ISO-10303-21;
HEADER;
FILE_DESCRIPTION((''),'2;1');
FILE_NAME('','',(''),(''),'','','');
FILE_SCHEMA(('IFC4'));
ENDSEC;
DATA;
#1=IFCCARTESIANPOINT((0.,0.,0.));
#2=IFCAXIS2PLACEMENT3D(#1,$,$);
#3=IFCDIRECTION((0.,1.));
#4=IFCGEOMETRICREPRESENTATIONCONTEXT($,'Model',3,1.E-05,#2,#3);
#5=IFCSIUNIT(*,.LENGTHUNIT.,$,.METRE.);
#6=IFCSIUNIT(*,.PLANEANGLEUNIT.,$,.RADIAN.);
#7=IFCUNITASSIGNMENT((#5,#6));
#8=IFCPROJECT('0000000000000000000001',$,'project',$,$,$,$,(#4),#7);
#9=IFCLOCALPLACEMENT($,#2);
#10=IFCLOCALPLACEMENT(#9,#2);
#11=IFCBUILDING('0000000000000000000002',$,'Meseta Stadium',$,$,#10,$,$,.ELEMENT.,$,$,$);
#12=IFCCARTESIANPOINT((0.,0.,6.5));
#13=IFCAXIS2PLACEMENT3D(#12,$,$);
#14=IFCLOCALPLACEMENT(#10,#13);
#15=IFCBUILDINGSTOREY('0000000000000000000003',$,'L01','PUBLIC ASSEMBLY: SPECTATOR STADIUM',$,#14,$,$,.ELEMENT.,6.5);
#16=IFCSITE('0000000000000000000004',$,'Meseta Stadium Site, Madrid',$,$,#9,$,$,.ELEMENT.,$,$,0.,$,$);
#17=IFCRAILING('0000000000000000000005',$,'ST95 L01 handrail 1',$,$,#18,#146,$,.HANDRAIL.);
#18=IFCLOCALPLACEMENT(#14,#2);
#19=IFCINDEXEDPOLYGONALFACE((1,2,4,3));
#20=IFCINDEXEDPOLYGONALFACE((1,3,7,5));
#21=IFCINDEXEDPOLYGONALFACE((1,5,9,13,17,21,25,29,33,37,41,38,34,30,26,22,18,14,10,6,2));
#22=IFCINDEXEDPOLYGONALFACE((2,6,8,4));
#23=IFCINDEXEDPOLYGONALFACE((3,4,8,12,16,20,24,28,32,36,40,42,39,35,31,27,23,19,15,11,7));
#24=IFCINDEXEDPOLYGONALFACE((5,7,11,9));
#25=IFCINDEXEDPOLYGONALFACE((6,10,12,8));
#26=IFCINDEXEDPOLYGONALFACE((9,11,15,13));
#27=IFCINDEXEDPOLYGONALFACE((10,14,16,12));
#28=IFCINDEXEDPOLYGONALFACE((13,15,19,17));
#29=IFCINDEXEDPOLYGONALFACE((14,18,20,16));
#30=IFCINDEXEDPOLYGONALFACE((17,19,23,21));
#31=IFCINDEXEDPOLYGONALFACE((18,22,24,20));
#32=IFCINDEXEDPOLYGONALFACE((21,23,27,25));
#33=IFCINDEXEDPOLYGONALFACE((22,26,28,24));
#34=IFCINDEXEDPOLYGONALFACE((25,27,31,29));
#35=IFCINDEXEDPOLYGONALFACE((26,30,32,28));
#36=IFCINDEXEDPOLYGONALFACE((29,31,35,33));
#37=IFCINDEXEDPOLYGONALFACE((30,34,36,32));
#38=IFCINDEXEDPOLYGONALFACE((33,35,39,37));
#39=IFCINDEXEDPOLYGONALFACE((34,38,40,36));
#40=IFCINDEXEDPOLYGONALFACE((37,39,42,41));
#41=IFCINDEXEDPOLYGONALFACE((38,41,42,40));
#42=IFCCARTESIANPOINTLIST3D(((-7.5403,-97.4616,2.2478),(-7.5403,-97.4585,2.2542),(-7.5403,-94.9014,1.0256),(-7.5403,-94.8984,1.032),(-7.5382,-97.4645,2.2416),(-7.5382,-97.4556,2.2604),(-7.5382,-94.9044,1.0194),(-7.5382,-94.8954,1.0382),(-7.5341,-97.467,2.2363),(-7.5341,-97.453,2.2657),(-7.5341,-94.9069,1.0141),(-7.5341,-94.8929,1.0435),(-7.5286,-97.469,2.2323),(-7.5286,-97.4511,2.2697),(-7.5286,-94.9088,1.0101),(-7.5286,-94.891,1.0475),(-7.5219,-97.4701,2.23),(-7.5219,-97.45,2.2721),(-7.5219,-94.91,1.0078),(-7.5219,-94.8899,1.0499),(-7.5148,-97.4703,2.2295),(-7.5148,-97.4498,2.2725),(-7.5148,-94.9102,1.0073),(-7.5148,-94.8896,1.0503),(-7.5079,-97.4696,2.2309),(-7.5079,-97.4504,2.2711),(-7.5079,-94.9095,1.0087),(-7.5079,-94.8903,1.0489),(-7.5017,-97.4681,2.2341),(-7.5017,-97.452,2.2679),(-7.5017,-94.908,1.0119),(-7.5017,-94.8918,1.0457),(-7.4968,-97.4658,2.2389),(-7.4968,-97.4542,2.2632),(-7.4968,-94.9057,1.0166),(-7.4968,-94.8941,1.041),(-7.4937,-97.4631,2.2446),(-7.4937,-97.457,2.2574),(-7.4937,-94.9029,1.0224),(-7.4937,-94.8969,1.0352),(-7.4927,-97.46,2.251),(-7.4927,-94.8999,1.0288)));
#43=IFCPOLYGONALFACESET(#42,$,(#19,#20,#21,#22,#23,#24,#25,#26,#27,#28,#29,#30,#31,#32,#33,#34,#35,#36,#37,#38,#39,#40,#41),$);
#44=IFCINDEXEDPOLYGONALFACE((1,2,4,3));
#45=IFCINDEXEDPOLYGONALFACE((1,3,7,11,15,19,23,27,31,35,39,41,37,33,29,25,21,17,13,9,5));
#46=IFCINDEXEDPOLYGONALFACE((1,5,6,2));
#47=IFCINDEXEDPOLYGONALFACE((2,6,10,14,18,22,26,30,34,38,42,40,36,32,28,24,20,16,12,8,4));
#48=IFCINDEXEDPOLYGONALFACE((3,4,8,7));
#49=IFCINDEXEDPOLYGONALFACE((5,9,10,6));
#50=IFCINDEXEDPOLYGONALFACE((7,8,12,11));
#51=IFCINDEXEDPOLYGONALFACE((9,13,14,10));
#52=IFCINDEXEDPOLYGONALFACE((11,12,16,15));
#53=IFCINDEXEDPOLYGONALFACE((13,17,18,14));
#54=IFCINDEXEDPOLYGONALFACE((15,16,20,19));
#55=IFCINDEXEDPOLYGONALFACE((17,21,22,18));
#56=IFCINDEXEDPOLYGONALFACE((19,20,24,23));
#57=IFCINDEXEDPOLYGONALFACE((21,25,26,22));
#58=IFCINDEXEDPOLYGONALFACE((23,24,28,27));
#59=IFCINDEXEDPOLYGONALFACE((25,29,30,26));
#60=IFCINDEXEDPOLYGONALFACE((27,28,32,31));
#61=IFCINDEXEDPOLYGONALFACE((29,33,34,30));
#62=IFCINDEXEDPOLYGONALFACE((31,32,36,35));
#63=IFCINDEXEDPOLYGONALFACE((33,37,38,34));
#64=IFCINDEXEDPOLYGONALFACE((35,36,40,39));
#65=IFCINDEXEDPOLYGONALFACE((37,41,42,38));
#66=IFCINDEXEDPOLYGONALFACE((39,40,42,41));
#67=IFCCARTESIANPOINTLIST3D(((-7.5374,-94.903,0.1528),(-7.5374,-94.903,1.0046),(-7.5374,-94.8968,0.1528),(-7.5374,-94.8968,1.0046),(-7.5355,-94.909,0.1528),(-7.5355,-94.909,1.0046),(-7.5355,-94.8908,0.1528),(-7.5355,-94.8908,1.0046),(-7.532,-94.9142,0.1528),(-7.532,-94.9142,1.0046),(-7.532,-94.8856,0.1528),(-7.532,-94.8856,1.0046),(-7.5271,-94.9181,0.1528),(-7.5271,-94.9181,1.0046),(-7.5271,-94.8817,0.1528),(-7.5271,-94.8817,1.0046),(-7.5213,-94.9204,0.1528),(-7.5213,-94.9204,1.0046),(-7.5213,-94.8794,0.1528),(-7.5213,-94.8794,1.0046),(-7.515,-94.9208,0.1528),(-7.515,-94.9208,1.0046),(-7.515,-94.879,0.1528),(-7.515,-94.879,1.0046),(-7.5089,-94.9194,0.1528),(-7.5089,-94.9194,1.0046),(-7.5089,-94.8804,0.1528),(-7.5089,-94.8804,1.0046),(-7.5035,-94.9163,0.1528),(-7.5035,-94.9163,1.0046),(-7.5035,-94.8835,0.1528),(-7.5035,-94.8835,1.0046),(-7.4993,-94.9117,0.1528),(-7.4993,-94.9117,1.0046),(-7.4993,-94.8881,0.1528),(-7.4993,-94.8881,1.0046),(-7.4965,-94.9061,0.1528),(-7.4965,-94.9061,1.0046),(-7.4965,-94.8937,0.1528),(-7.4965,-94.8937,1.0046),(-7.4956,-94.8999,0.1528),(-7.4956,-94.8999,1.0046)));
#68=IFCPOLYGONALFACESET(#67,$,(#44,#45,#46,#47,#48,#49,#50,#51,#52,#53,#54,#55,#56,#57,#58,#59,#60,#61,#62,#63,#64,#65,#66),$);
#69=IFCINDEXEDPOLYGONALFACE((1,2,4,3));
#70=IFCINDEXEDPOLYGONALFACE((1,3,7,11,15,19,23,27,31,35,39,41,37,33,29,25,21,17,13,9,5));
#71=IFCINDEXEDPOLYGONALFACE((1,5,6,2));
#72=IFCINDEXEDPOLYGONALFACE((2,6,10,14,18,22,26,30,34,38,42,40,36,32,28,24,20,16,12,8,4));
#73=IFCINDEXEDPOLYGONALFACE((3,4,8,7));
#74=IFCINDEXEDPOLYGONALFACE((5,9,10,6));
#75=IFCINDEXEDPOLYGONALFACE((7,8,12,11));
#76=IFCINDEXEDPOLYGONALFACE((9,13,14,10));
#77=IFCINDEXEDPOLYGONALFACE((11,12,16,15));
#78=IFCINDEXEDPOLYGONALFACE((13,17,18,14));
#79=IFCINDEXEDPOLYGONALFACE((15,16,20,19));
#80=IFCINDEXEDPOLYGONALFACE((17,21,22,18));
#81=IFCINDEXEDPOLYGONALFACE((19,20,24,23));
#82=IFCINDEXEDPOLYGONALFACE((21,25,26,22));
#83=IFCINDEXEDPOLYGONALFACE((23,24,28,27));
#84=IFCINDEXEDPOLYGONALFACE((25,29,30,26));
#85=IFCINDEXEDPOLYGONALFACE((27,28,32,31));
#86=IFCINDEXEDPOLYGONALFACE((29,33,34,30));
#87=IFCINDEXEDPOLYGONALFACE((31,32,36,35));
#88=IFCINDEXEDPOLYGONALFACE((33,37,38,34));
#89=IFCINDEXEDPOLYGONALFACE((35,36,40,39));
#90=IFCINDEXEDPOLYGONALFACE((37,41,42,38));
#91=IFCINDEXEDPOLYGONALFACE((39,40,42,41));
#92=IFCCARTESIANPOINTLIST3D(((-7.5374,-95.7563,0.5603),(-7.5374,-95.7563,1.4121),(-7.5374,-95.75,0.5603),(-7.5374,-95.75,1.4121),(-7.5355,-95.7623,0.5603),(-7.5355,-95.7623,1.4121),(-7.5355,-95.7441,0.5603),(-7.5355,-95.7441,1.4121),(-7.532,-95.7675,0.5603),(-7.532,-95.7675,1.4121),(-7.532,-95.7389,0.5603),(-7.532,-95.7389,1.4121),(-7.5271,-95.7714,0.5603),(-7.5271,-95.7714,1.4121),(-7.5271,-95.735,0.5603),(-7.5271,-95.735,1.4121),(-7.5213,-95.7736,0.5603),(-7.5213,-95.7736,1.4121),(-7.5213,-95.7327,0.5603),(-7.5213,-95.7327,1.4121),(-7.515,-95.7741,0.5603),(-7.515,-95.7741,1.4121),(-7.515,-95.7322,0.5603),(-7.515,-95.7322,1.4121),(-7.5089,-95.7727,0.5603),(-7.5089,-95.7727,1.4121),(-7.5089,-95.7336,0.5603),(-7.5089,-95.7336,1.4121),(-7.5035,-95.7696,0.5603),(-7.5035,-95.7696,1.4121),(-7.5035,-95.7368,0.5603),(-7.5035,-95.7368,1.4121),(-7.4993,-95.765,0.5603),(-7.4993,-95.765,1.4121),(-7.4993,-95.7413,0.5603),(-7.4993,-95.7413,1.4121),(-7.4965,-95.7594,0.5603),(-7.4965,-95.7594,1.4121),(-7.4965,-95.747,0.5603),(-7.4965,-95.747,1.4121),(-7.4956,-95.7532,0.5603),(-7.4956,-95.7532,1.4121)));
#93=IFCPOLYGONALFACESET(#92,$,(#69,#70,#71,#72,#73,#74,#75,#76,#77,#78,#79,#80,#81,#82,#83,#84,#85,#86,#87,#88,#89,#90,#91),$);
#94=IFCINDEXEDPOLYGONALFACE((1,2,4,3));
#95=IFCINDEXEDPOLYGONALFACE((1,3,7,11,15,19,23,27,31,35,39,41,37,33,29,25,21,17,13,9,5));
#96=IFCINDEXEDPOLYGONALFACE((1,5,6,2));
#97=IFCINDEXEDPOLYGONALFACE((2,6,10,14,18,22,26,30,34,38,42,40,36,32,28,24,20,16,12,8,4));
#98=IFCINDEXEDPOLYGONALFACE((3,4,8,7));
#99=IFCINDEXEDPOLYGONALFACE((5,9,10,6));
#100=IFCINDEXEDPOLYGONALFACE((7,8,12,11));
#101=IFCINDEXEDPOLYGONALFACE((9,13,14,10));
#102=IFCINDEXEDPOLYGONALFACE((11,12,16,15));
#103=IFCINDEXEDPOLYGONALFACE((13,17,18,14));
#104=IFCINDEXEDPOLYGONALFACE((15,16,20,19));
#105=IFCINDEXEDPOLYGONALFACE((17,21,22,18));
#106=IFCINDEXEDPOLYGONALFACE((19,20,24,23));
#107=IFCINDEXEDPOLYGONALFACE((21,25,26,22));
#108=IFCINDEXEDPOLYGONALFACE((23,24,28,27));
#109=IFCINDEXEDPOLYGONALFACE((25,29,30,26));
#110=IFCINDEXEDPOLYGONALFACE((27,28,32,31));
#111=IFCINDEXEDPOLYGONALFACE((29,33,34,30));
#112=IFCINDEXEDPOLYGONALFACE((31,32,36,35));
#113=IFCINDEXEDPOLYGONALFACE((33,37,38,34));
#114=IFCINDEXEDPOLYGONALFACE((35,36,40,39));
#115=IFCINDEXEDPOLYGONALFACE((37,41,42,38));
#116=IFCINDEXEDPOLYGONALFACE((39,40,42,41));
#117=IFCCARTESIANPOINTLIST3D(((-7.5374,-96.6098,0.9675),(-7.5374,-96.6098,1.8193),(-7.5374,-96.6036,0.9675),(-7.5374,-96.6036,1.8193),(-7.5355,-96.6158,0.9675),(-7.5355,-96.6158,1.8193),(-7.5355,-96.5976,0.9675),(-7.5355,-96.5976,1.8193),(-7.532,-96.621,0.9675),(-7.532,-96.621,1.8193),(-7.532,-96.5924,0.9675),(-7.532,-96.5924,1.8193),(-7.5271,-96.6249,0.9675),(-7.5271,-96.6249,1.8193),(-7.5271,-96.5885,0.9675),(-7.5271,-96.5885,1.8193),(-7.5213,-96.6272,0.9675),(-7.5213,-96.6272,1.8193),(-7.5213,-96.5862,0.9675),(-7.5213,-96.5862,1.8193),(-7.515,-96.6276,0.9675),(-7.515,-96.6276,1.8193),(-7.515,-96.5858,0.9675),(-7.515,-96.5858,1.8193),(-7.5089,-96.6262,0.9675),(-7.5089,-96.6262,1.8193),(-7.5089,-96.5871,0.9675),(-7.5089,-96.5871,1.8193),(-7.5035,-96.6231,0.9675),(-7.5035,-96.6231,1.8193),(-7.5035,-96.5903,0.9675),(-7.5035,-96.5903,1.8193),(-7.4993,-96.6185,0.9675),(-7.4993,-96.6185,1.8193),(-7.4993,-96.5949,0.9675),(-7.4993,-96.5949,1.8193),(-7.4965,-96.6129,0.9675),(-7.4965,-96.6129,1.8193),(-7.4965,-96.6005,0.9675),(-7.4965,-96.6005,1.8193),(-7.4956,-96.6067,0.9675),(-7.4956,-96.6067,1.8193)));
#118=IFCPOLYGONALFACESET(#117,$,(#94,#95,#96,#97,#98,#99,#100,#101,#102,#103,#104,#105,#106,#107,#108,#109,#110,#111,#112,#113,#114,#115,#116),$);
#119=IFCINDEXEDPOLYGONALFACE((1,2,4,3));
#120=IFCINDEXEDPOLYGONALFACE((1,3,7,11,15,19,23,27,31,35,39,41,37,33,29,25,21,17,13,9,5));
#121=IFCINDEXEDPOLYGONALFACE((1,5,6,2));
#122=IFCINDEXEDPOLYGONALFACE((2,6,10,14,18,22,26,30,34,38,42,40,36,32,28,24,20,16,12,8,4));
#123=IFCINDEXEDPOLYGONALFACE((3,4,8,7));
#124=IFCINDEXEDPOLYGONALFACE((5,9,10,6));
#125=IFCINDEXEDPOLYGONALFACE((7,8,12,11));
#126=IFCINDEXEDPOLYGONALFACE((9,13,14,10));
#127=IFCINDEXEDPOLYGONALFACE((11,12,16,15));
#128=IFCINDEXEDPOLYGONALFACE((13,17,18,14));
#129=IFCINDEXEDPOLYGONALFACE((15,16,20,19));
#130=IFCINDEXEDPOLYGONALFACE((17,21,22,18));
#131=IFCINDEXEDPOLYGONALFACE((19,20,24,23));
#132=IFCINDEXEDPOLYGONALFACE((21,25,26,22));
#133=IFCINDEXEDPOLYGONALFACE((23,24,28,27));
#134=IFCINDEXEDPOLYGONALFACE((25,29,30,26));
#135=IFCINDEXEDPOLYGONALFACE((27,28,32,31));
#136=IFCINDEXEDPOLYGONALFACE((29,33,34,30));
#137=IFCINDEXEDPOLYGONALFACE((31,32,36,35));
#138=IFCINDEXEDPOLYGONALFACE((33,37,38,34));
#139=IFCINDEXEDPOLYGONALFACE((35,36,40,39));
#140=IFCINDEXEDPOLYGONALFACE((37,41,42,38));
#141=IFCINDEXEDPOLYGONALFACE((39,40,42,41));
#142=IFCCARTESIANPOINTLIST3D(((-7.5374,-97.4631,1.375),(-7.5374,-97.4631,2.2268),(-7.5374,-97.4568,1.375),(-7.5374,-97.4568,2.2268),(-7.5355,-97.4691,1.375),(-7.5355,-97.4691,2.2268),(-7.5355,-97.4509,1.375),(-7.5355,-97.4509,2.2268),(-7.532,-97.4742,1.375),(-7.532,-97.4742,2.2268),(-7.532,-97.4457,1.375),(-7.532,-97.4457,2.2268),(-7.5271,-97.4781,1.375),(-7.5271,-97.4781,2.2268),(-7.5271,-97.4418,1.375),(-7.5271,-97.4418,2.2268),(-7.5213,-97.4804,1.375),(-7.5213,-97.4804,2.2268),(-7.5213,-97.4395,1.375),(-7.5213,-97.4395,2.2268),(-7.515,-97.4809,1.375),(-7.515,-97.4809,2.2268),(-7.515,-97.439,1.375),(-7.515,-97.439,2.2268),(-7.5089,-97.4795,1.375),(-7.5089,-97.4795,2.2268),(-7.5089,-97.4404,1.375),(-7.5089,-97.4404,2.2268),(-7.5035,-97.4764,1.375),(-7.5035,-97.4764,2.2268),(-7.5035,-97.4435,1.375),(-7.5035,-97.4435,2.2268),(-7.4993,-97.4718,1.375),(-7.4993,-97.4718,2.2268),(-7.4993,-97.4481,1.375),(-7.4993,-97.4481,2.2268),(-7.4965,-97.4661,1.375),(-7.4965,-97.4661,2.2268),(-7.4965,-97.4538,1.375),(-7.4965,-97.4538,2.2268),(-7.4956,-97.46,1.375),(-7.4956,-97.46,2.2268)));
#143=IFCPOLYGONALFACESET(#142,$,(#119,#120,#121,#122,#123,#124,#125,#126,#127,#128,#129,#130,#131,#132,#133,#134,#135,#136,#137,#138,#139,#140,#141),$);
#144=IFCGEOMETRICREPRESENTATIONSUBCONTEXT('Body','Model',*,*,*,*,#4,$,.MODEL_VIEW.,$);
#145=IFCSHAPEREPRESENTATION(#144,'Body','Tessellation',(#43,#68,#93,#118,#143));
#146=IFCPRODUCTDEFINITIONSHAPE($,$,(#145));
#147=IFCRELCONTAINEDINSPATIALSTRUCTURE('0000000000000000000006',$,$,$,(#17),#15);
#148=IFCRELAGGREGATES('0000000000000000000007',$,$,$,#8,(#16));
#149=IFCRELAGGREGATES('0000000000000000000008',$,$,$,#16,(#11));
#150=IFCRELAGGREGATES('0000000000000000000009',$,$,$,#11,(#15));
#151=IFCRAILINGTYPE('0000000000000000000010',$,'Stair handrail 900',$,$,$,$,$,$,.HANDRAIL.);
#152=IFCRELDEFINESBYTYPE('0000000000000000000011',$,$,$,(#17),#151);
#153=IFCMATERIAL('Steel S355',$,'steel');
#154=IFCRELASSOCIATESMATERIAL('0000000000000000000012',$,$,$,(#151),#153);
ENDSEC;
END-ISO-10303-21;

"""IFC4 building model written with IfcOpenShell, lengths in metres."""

from ifc_helpers import new_model, si_unit, direction, frame, origin, origin_2d, place, context, subcontext, project, spatial, circle, extrude, material, type_object, element, save


model = new_model("IFC4")

# Units and contexts
model_context = context("Model", 3, precision=1e-05, world=origin(), true_north=direction((0.0, 1.0)))
body_context = subcontext(model_context, "Body", "Model", "MODEL_VIEW")
ifc_project = project(units=[si_unit("LENGTHUNIT", "METRE"), si_unit("PLANEANGLEUNIT", "RADIAN")], contexts=[model_context])

# Site, building, storey
site_placement = place(None, origin())
site = spatial("IfcSite", under=ifc_project, at=site_placement, Name="Meseta Stadium Site, Madrid", CompositionType="ELEMENT", RefElevation=0.0)
building_placement = place(site_placement, origin())
building = spatial("IfcBuilding", under=site, at=building_placement, Name="Meseta Stadium", CompositionType="ELEMENT")
storey_placement = place(building_placement, frame((0.0, 0.0, 6.5)))
storey = spatial("IfcBuildingStorey", under=building, at=storey_placement, Name="L01", Description="PUBLIC ASSEMBLY: SPECTATOR STADIUM", CompositionType="ELEMENT", Elevation=6.5)

# Railing
ifc_material_1 = material(Name="Steel S355", Category="steel")
railing_type_1 = type_object("IfcRailingType", Name="Stair handrail 900", PredefinedType="HANDRAIL", material=ifc_material_1)
railing_1_placement = place(storey_placement, frame((-7.5166, -94.8999, 0.1528)))
element("IfcRailing", 1, at=railing_1_placement, inside=storey, type_object=railing_type_1, Name="ST95 L01 handrail 1", PredefinedType="HANDRAIL", context=body_context, shape_type="SweptSolid", body=[
    extrude(circle(Radius=0.0239, at=origin_2d()), frame((0.0, 0.0, 0.876), z_axis=(0.0, -0.902437, 0.430822), x_axis=(1.0, 0.0, 0.0)), (0.0, 0.0, 1.0), 2.8369),
    extrude(circle(Radius=0.021, at=origin_2d()), origin(), (0.0, 0.0, 1.0), 0.8518),
    extrude(circle(Radius=0.021, at=origin_2d()), frame((0.0, -0.8533, 0.4075)), (0.0, 0.0, 1.0), 0.8518),
    extrude(circle(Radius=0.021, at=origin_2d()), frame((0.0, -1.7068, 0.8147)), (0.0, 0.0, 1.0), 0.8518),
    extrude(circle(Radius=0.021, at=origin_2d()), frame((0.0, -2.5601, 1.2222)), (0.0, 0.0, 1.0), 0.8518),
])

save(model, "model.ifc")
